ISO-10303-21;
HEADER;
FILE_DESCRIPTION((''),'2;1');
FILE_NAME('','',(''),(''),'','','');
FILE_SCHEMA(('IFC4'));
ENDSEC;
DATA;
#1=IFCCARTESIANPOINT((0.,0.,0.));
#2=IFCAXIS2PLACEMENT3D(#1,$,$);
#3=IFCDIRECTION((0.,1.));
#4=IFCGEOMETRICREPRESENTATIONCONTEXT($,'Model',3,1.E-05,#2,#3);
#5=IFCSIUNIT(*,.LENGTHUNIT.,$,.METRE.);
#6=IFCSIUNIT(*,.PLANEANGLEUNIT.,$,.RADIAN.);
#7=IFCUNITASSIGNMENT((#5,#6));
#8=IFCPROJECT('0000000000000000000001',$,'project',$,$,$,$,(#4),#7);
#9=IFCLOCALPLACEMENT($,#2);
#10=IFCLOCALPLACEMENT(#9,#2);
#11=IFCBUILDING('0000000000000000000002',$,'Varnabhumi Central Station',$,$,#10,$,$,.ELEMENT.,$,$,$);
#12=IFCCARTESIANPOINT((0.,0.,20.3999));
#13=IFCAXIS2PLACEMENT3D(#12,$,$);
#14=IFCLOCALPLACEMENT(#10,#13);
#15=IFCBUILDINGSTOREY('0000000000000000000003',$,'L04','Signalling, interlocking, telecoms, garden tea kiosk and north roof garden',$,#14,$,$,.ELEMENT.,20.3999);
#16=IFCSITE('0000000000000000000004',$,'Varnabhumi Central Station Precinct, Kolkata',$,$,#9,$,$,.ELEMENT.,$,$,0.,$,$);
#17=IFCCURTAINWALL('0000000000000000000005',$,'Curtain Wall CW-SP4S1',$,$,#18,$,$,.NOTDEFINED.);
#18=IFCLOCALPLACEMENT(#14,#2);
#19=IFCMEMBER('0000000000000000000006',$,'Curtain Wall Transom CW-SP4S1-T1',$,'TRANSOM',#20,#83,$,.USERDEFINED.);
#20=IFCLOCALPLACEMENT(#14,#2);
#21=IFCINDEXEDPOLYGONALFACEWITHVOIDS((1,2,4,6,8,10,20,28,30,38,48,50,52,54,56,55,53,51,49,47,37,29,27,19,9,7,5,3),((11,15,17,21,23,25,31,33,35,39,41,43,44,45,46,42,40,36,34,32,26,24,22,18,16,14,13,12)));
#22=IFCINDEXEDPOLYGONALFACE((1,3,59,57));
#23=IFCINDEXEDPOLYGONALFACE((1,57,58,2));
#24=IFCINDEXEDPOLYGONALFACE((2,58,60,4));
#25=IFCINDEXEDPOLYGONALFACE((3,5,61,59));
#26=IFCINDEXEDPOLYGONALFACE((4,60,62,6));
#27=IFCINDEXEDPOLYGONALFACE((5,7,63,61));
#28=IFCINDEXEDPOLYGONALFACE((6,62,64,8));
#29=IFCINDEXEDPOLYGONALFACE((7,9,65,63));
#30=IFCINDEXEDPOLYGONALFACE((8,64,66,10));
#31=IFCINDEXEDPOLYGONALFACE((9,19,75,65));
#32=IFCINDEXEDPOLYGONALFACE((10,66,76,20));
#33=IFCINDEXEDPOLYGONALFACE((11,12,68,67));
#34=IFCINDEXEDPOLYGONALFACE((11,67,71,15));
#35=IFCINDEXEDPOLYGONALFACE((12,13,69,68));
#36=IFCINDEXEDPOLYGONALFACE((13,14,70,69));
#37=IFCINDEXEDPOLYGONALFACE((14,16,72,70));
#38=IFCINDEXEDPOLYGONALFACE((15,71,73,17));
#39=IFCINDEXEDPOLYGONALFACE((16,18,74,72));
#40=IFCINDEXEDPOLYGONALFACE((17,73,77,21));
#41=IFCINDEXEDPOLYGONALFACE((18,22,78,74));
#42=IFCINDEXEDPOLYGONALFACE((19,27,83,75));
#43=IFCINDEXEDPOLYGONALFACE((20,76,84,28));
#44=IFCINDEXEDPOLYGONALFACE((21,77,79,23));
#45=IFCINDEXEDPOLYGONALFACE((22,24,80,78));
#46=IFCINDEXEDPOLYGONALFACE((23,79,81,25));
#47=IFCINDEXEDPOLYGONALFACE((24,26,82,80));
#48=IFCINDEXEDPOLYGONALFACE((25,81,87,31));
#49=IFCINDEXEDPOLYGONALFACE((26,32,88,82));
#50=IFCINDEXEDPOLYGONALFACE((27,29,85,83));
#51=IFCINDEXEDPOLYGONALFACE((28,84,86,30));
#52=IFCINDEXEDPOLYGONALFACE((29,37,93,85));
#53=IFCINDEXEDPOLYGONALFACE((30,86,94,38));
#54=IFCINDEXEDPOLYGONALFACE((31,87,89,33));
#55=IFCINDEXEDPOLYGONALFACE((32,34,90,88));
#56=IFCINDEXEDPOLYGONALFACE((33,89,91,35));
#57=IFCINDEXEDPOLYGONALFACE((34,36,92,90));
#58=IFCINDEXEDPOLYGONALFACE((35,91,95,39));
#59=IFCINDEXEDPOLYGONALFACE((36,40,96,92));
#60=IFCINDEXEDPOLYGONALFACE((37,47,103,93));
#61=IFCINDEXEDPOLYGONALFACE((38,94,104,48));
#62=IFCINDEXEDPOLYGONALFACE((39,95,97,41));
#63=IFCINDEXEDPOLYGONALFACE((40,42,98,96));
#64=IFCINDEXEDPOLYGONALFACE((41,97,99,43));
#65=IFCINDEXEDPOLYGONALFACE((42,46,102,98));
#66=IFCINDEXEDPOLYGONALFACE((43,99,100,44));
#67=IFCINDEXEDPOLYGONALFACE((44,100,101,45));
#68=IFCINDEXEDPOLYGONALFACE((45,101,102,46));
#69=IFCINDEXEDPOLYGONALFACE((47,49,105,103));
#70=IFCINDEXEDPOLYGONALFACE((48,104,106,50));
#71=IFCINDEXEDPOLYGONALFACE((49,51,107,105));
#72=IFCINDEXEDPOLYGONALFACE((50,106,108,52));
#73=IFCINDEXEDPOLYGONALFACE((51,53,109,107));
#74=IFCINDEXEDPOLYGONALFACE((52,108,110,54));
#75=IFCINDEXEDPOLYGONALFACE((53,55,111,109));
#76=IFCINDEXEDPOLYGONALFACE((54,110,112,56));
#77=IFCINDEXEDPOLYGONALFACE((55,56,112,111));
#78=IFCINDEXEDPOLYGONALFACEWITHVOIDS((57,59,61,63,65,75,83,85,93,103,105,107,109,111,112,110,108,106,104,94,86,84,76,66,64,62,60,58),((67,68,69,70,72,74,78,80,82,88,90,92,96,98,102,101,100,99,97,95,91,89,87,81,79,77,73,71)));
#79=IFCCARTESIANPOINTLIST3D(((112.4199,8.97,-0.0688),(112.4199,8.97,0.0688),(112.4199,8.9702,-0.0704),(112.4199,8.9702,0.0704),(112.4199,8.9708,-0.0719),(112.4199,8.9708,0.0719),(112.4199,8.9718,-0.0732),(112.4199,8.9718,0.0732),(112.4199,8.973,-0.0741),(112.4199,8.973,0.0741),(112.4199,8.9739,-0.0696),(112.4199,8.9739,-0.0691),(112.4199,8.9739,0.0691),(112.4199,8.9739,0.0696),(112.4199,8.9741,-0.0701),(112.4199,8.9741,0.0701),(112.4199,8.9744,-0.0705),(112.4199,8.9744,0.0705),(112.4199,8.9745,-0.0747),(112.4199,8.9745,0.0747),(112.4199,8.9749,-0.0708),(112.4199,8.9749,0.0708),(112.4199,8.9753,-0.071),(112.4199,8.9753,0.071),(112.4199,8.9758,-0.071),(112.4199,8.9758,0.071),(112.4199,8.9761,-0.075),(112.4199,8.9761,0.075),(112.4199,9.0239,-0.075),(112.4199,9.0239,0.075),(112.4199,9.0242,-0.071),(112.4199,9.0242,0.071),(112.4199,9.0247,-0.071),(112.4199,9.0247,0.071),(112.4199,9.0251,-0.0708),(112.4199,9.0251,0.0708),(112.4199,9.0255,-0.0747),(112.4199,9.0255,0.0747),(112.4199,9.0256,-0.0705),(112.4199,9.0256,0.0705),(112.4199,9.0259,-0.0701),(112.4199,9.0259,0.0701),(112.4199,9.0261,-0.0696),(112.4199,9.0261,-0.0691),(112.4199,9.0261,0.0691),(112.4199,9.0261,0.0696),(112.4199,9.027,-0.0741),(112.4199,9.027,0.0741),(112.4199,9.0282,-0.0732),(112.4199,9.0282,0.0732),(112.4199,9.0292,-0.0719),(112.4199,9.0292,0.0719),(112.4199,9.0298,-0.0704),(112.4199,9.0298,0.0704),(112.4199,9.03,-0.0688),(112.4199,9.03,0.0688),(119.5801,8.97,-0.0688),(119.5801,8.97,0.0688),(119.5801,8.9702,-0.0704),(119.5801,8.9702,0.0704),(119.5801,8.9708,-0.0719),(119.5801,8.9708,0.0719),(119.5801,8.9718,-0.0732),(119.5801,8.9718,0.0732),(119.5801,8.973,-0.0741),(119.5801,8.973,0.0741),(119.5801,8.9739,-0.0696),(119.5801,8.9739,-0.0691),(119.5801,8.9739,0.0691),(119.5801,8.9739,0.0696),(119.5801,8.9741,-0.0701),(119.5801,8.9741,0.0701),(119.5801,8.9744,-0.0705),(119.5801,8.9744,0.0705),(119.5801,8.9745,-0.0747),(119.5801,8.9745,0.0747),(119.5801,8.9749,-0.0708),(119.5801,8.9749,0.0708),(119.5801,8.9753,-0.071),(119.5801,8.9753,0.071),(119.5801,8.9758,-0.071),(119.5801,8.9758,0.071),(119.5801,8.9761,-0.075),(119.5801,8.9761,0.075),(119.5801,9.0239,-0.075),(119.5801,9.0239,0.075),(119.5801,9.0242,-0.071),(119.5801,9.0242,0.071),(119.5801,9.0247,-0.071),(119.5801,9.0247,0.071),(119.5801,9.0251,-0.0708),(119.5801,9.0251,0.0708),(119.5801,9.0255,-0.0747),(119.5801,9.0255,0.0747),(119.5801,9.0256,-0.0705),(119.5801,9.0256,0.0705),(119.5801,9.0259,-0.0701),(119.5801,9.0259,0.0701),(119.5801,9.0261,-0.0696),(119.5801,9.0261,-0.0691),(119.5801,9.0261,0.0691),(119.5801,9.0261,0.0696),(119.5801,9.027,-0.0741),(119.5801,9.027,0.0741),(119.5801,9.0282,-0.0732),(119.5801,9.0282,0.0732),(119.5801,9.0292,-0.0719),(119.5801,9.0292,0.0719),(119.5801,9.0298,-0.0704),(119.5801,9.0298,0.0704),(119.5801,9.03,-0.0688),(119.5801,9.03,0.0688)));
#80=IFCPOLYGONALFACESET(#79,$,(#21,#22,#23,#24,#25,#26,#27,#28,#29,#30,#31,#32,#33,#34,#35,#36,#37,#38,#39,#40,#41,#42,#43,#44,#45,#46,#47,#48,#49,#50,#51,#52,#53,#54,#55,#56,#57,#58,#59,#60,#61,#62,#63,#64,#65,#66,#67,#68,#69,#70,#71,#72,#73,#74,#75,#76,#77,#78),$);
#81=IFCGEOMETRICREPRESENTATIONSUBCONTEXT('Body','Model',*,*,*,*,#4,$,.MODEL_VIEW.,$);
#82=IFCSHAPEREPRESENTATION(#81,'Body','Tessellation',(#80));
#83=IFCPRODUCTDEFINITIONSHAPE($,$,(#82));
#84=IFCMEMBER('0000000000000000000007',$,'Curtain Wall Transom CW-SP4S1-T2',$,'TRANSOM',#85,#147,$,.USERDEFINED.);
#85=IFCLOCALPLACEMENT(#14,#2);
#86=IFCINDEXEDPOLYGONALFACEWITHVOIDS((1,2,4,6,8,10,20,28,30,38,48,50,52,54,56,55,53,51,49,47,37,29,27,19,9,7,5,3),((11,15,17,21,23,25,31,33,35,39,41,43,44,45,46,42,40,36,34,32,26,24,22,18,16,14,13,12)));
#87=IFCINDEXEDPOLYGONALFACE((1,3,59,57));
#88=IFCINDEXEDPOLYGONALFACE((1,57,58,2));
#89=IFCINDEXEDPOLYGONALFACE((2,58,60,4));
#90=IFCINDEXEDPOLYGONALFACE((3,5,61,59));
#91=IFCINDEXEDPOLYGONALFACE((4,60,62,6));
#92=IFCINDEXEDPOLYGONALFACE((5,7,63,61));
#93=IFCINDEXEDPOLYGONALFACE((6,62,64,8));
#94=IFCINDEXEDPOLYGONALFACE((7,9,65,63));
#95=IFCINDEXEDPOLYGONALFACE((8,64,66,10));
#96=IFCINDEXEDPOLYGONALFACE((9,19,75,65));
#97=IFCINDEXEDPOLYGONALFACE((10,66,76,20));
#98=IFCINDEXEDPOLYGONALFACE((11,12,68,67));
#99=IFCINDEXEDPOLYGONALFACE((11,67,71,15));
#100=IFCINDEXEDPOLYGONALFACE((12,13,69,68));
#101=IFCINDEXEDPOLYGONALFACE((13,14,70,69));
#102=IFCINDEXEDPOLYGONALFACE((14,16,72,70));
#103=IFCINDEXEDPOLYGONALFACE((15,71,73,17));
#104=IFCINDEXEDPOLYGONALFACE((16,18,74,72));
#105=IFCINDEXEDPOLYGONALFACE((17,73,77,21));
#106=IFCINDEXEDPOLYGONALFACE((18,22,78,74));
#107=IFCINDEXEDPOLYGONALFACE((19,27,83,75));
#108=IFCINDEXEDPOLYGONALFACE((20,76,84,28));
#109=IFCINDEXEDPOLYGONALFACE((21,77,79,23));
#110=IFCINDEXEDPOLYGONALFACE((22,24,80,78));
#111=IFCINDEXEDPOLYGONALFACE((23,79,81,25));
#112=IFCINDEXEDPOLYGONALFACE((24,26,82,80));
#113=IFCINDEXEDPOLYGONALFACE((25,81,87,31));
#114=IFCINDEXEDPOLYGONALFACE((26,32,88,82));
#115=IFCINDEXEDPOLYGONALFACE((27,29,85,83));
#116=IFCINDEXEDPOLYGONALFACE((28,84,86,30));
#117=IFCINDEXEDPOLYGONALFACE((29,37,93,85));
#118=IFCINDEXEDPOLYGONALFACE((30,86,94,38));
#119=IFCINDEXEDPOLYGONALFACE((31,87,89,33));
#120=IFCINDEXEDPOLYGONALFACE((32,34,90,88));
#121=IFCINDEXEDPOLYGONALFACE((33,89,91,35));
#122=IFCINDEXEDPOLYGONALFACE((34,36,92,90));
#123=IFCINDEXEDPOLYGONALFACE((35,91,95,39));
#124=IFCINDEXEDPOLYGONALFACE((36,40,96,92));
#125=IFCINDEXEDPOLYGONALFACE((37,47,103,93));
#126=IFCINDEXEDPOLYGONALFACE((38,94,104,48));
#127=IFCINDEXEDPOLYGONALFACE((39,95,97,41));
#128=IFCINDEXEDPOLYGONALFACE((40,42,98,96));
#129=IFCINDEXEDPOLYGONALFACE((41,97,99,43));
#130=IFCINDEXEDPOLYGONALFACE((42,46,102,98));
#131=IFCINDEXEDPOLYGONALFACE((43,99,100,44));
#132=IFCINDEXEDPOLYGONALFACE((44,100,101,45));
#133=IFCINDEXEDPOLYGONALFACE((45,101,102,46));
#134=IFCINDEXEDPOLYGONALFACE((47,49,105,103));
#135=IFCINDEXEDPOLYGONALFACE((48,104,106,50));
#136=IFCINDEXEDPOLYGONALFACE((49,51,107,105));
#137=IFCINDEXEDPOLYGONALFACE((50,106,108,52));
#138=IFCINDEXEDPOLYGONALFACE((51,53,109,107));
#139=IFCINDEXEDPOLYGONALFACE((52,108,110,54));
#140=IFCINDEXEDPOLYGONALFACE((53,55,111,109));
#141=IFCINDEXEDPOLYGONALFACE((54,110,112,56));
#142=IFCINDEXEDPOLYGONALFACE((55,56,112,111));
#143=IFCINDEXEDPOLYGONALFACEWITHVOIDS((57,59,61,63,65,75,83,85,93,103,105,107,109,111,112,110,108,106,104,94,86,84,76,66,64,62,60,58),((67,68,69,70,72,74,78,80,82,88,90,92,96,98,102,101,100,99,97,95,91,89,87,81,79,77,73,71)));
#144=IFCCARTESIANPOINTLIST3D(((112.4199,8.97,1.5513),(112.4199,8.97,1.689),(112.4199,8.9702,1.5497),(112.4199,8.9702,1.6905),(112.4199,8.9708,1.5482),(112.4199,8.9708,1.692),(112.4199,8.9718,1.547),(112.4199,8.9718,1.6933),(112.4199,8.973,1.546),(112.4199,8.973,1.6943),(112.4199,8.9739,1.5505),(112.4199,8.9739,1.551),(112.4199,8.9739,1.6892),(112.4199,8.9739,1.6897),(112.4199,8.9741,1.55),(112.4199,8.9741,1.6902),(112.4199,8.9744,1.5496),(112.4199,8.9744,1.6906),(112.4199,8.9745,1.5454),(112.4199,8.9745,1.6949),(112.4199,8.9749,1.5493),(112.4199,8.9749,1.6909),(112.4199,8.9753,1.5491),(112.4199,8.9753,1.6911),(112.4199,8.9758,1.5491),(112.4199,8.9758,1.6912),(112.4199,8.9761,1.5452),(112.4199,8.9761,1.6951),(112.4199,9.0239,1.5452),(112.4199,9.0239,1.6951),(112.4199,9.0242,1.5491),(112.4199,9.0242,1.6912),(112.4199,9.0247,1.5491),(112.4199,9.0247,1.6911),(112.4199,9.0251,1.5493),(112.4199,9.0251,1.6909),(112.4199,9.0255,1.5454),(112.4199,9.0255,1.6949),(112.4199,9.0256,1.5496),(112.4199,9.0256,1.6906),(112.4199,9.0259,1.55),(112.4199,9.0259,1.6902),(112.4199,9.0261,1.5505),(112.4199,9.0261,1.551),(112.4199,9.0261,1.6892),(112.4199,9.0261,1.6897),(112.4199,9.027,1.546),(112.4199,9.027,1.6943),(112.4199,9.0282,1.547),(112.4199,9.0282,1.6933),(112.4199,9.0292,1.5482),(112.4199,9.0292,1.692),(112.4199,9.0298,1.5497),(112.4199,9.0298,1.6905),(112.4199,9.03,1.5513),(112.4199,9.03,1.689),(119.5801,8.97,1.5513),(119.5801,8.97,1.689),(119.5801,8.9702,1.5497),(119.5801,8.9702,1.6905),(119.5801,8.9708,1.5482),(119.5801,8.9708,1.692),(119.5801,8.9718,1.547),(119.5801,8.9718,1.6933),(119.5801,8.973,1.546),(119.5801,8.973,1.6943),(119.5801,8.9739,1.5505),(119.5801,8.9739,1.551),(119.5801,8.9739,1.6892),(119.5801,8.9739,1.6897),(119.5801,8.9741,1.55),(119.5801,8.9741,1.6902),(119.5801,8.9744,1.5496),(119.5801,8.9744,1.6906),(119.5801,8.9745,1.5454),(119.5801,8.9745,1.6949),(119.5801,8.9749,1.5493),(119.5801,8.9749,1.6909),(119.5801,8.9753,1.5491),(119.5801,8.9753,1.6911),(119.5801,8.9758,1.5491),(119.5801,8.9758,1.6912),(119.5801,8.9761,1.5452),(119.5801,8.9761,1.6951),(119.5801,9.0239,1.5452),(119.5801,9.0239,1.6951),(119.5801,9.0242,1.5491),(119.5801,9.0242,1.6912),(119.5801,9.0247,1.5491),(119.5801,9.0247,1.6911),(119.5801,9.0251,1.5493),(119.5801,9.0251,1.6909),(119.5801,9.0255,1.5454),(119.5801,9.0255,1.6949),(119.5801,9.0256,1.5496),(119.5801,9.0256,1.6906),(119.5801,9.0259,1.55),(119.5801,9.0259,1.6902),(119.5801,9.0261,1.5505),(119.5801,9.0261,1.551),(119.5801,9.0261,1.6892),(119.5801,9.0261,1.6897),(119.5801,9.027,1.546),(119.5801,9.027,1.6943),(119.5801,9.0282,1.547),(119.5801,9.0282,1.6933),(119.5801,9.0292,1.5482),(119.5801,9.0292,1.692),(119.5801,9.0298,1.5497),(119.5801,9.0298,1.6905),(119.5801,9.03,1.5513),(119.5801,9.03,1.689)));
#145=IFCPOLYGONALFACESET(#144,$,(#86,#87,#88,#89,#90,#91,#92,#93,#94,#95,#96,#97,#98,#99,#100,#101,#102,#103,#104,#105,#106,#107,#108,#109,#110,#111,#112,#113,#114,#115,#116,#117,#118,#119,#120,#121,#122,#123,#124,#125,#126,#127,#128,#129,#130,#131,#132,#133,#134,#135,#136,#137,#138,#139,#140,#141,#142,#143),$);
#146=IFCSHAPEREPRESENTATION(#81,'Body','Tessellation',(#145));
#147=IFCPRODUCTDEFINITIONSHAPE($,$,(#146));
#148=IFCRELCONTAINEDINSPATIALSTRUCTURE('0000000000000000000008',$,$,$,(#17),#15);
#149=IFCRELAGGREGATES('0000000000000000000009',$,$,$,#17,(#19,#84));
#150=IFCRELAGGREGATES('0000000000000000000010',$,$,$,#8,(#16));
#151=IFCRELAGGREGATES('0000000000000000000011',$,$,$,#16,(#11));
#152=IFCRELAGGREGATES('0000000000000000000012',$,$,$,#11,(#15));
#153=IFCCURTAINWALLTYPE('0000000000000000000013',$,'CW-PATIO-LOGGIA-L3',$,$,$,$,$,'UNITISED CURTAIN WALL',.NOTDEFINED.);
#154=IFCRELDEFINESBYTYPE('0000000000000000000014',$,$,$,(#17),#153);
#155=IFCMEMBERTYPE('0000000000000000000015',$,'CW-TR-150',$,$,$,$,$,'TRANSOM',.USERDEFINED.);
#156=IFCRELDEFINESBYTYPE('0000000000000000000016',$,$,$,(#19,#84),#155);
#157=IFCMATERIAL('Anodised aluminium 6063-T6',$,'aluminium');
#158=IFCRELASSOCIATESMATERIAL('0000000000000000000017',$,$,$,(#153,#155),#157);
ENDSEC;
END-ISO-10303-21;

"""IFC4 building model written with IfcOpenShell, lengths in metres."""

from ifc_helpers import new_model, si_unit, direction, frame, origin, origin_2d, place, context, subcontext, project, spatial, hollow_rectangle, extrude, material, material_profile, profile_set, type_object, element, aggregate, save


model = new_model("IFC4")

# Units and contexts
model_context = context("Model", 3, precision=1e-05, world=origin(), true_north=direction((0.0, 1.0)))
body_context = subcontext(model_context, "Body", "Model", "MODEL_VIEW")
ifc_project = project(units=[si_unit("LENGTHUNIT", "METRE"), si_unit("PLANEANGLEUNIT", "RADIAN")], contexts=[model_context])

# Site, building, storey
site_placement = place(None, origin())
site = spatial("IfcSite", under=ifc_project, at=site_placement, Name="Varnabhumi Central Station Precinct, Kolkata", CompositionType="ELEMENT", RefElevation=0.0)
building_placement = place(site_placement, origin())
building = spatial("IfcBuilding", under=site, at=building_placement, Name="Varnabhumi Central Station", CompositionType="ELEMENT")
storey_placement = place(building_placement, frame((0.0, 0.0, 20.3999)))
storey = spatial("IfcBuildingStorey", under=building, at=storey_placement, Name="L04", Description="Signalling, interlocking, telecoms, garden tea kiosk and north roof garden", CompositionType="ELEMENT", Elevation=20.3999)

# Curtain wall
ifc_material_1 = material(Name="Anodised aluminium 6063-T6", Category="aluminium")
curtain_wall_type = type_object("IfcCurtainWallType", Name="CW-PATIO-LOGGIA-L3", ElementType="UNITISED CURTAIN WALL", PredefinedType="NOTDEFINED", material=ifc_material_1)
curtain_wall_1_placement = place(storey_placement, origin())
curtain_wall_1 = element("IfcCurtainWall", 1, at=curtain_wall_1_placement, inside=storey, type_object=curtain_wall_type, Name="Curtain Wall CW-SP4S1", PredefinedType="NOTDEFINED")

# Members
ifc_material_profile_1 = material_profile(ifc_material_1, hollow_rectangle(XDim=0.0601, YDim=0.1499, WallThickness=0.0039, InnerFilletRadius=0.002, OuterFilletRadius=0.0061, at=origin_2d()), Name="Anodised aluminium 6063-T6", Category="aluminium")
ifc_profile_set_1 = profile_set([ifc_material_profile_1], Name="Anodised aluminium 6063-T6")
member_type_1 = type_object("IfcMemberType", Name="CW-TR-150", ElementType="TRANSOM", PredefinedType="USERDEFINED", material=ifc_profile_set_1)
member_1_placement = place(storey_placement, frame((112.4199, 9.0, 0.0), z_axis=(1.0, 0.0, 0.0), x_axis=(0.0, 1.0, 0.0)))
member_1 = element("IfcMember", 2, at=member_1_placement, type_object=member_type_1, Name="Curtain Wall Transom CW-SP4S1-T1", ObjectType="TRANSOM", PredefinedType="USERDEFINED", context=body_context, shape_type="SweptSolid", body=[
    extrude(hollow_rectangle(XDim=0.0601, YDim=0.1499, WallThickness=0.0039, InnerFilletRadius=0.002, OuterFilletRadius=0.0061, at=origin_2d()), origin(), (0.0, 0.0, 1.0), 7.1602),
])
member_2_placement = place(storey_placement, frame((112.4199, 9.0, 1.6201), z_axis=(1.0, 0.0, 0.0), x_axis=(0.0, 1.0, 0.0)))
member_2 = element("IfcMember", 3, at=member_2_placement, type_object=member_type_1, Name="Curtain Wall Transom CW-SP4S1-T2", ObjectType="TRANSOM", PredefinedType="USERDEFINED", context=body_context, shape_type="SweptSolid", body=[
    extrude(hollow_rectangle(XDim=0.0601, YDim=0.1499, WallThickness=0.0039, InnerFilletRadius=0.002, OuterFilletRadius=0.0061, at=origin_2d()), origin(), (0.0, 0.0, 1.0), 7.1602),
])

aggregate(curtain_wall_1, [member_1, member_2])

save(model, "model.ifc")
